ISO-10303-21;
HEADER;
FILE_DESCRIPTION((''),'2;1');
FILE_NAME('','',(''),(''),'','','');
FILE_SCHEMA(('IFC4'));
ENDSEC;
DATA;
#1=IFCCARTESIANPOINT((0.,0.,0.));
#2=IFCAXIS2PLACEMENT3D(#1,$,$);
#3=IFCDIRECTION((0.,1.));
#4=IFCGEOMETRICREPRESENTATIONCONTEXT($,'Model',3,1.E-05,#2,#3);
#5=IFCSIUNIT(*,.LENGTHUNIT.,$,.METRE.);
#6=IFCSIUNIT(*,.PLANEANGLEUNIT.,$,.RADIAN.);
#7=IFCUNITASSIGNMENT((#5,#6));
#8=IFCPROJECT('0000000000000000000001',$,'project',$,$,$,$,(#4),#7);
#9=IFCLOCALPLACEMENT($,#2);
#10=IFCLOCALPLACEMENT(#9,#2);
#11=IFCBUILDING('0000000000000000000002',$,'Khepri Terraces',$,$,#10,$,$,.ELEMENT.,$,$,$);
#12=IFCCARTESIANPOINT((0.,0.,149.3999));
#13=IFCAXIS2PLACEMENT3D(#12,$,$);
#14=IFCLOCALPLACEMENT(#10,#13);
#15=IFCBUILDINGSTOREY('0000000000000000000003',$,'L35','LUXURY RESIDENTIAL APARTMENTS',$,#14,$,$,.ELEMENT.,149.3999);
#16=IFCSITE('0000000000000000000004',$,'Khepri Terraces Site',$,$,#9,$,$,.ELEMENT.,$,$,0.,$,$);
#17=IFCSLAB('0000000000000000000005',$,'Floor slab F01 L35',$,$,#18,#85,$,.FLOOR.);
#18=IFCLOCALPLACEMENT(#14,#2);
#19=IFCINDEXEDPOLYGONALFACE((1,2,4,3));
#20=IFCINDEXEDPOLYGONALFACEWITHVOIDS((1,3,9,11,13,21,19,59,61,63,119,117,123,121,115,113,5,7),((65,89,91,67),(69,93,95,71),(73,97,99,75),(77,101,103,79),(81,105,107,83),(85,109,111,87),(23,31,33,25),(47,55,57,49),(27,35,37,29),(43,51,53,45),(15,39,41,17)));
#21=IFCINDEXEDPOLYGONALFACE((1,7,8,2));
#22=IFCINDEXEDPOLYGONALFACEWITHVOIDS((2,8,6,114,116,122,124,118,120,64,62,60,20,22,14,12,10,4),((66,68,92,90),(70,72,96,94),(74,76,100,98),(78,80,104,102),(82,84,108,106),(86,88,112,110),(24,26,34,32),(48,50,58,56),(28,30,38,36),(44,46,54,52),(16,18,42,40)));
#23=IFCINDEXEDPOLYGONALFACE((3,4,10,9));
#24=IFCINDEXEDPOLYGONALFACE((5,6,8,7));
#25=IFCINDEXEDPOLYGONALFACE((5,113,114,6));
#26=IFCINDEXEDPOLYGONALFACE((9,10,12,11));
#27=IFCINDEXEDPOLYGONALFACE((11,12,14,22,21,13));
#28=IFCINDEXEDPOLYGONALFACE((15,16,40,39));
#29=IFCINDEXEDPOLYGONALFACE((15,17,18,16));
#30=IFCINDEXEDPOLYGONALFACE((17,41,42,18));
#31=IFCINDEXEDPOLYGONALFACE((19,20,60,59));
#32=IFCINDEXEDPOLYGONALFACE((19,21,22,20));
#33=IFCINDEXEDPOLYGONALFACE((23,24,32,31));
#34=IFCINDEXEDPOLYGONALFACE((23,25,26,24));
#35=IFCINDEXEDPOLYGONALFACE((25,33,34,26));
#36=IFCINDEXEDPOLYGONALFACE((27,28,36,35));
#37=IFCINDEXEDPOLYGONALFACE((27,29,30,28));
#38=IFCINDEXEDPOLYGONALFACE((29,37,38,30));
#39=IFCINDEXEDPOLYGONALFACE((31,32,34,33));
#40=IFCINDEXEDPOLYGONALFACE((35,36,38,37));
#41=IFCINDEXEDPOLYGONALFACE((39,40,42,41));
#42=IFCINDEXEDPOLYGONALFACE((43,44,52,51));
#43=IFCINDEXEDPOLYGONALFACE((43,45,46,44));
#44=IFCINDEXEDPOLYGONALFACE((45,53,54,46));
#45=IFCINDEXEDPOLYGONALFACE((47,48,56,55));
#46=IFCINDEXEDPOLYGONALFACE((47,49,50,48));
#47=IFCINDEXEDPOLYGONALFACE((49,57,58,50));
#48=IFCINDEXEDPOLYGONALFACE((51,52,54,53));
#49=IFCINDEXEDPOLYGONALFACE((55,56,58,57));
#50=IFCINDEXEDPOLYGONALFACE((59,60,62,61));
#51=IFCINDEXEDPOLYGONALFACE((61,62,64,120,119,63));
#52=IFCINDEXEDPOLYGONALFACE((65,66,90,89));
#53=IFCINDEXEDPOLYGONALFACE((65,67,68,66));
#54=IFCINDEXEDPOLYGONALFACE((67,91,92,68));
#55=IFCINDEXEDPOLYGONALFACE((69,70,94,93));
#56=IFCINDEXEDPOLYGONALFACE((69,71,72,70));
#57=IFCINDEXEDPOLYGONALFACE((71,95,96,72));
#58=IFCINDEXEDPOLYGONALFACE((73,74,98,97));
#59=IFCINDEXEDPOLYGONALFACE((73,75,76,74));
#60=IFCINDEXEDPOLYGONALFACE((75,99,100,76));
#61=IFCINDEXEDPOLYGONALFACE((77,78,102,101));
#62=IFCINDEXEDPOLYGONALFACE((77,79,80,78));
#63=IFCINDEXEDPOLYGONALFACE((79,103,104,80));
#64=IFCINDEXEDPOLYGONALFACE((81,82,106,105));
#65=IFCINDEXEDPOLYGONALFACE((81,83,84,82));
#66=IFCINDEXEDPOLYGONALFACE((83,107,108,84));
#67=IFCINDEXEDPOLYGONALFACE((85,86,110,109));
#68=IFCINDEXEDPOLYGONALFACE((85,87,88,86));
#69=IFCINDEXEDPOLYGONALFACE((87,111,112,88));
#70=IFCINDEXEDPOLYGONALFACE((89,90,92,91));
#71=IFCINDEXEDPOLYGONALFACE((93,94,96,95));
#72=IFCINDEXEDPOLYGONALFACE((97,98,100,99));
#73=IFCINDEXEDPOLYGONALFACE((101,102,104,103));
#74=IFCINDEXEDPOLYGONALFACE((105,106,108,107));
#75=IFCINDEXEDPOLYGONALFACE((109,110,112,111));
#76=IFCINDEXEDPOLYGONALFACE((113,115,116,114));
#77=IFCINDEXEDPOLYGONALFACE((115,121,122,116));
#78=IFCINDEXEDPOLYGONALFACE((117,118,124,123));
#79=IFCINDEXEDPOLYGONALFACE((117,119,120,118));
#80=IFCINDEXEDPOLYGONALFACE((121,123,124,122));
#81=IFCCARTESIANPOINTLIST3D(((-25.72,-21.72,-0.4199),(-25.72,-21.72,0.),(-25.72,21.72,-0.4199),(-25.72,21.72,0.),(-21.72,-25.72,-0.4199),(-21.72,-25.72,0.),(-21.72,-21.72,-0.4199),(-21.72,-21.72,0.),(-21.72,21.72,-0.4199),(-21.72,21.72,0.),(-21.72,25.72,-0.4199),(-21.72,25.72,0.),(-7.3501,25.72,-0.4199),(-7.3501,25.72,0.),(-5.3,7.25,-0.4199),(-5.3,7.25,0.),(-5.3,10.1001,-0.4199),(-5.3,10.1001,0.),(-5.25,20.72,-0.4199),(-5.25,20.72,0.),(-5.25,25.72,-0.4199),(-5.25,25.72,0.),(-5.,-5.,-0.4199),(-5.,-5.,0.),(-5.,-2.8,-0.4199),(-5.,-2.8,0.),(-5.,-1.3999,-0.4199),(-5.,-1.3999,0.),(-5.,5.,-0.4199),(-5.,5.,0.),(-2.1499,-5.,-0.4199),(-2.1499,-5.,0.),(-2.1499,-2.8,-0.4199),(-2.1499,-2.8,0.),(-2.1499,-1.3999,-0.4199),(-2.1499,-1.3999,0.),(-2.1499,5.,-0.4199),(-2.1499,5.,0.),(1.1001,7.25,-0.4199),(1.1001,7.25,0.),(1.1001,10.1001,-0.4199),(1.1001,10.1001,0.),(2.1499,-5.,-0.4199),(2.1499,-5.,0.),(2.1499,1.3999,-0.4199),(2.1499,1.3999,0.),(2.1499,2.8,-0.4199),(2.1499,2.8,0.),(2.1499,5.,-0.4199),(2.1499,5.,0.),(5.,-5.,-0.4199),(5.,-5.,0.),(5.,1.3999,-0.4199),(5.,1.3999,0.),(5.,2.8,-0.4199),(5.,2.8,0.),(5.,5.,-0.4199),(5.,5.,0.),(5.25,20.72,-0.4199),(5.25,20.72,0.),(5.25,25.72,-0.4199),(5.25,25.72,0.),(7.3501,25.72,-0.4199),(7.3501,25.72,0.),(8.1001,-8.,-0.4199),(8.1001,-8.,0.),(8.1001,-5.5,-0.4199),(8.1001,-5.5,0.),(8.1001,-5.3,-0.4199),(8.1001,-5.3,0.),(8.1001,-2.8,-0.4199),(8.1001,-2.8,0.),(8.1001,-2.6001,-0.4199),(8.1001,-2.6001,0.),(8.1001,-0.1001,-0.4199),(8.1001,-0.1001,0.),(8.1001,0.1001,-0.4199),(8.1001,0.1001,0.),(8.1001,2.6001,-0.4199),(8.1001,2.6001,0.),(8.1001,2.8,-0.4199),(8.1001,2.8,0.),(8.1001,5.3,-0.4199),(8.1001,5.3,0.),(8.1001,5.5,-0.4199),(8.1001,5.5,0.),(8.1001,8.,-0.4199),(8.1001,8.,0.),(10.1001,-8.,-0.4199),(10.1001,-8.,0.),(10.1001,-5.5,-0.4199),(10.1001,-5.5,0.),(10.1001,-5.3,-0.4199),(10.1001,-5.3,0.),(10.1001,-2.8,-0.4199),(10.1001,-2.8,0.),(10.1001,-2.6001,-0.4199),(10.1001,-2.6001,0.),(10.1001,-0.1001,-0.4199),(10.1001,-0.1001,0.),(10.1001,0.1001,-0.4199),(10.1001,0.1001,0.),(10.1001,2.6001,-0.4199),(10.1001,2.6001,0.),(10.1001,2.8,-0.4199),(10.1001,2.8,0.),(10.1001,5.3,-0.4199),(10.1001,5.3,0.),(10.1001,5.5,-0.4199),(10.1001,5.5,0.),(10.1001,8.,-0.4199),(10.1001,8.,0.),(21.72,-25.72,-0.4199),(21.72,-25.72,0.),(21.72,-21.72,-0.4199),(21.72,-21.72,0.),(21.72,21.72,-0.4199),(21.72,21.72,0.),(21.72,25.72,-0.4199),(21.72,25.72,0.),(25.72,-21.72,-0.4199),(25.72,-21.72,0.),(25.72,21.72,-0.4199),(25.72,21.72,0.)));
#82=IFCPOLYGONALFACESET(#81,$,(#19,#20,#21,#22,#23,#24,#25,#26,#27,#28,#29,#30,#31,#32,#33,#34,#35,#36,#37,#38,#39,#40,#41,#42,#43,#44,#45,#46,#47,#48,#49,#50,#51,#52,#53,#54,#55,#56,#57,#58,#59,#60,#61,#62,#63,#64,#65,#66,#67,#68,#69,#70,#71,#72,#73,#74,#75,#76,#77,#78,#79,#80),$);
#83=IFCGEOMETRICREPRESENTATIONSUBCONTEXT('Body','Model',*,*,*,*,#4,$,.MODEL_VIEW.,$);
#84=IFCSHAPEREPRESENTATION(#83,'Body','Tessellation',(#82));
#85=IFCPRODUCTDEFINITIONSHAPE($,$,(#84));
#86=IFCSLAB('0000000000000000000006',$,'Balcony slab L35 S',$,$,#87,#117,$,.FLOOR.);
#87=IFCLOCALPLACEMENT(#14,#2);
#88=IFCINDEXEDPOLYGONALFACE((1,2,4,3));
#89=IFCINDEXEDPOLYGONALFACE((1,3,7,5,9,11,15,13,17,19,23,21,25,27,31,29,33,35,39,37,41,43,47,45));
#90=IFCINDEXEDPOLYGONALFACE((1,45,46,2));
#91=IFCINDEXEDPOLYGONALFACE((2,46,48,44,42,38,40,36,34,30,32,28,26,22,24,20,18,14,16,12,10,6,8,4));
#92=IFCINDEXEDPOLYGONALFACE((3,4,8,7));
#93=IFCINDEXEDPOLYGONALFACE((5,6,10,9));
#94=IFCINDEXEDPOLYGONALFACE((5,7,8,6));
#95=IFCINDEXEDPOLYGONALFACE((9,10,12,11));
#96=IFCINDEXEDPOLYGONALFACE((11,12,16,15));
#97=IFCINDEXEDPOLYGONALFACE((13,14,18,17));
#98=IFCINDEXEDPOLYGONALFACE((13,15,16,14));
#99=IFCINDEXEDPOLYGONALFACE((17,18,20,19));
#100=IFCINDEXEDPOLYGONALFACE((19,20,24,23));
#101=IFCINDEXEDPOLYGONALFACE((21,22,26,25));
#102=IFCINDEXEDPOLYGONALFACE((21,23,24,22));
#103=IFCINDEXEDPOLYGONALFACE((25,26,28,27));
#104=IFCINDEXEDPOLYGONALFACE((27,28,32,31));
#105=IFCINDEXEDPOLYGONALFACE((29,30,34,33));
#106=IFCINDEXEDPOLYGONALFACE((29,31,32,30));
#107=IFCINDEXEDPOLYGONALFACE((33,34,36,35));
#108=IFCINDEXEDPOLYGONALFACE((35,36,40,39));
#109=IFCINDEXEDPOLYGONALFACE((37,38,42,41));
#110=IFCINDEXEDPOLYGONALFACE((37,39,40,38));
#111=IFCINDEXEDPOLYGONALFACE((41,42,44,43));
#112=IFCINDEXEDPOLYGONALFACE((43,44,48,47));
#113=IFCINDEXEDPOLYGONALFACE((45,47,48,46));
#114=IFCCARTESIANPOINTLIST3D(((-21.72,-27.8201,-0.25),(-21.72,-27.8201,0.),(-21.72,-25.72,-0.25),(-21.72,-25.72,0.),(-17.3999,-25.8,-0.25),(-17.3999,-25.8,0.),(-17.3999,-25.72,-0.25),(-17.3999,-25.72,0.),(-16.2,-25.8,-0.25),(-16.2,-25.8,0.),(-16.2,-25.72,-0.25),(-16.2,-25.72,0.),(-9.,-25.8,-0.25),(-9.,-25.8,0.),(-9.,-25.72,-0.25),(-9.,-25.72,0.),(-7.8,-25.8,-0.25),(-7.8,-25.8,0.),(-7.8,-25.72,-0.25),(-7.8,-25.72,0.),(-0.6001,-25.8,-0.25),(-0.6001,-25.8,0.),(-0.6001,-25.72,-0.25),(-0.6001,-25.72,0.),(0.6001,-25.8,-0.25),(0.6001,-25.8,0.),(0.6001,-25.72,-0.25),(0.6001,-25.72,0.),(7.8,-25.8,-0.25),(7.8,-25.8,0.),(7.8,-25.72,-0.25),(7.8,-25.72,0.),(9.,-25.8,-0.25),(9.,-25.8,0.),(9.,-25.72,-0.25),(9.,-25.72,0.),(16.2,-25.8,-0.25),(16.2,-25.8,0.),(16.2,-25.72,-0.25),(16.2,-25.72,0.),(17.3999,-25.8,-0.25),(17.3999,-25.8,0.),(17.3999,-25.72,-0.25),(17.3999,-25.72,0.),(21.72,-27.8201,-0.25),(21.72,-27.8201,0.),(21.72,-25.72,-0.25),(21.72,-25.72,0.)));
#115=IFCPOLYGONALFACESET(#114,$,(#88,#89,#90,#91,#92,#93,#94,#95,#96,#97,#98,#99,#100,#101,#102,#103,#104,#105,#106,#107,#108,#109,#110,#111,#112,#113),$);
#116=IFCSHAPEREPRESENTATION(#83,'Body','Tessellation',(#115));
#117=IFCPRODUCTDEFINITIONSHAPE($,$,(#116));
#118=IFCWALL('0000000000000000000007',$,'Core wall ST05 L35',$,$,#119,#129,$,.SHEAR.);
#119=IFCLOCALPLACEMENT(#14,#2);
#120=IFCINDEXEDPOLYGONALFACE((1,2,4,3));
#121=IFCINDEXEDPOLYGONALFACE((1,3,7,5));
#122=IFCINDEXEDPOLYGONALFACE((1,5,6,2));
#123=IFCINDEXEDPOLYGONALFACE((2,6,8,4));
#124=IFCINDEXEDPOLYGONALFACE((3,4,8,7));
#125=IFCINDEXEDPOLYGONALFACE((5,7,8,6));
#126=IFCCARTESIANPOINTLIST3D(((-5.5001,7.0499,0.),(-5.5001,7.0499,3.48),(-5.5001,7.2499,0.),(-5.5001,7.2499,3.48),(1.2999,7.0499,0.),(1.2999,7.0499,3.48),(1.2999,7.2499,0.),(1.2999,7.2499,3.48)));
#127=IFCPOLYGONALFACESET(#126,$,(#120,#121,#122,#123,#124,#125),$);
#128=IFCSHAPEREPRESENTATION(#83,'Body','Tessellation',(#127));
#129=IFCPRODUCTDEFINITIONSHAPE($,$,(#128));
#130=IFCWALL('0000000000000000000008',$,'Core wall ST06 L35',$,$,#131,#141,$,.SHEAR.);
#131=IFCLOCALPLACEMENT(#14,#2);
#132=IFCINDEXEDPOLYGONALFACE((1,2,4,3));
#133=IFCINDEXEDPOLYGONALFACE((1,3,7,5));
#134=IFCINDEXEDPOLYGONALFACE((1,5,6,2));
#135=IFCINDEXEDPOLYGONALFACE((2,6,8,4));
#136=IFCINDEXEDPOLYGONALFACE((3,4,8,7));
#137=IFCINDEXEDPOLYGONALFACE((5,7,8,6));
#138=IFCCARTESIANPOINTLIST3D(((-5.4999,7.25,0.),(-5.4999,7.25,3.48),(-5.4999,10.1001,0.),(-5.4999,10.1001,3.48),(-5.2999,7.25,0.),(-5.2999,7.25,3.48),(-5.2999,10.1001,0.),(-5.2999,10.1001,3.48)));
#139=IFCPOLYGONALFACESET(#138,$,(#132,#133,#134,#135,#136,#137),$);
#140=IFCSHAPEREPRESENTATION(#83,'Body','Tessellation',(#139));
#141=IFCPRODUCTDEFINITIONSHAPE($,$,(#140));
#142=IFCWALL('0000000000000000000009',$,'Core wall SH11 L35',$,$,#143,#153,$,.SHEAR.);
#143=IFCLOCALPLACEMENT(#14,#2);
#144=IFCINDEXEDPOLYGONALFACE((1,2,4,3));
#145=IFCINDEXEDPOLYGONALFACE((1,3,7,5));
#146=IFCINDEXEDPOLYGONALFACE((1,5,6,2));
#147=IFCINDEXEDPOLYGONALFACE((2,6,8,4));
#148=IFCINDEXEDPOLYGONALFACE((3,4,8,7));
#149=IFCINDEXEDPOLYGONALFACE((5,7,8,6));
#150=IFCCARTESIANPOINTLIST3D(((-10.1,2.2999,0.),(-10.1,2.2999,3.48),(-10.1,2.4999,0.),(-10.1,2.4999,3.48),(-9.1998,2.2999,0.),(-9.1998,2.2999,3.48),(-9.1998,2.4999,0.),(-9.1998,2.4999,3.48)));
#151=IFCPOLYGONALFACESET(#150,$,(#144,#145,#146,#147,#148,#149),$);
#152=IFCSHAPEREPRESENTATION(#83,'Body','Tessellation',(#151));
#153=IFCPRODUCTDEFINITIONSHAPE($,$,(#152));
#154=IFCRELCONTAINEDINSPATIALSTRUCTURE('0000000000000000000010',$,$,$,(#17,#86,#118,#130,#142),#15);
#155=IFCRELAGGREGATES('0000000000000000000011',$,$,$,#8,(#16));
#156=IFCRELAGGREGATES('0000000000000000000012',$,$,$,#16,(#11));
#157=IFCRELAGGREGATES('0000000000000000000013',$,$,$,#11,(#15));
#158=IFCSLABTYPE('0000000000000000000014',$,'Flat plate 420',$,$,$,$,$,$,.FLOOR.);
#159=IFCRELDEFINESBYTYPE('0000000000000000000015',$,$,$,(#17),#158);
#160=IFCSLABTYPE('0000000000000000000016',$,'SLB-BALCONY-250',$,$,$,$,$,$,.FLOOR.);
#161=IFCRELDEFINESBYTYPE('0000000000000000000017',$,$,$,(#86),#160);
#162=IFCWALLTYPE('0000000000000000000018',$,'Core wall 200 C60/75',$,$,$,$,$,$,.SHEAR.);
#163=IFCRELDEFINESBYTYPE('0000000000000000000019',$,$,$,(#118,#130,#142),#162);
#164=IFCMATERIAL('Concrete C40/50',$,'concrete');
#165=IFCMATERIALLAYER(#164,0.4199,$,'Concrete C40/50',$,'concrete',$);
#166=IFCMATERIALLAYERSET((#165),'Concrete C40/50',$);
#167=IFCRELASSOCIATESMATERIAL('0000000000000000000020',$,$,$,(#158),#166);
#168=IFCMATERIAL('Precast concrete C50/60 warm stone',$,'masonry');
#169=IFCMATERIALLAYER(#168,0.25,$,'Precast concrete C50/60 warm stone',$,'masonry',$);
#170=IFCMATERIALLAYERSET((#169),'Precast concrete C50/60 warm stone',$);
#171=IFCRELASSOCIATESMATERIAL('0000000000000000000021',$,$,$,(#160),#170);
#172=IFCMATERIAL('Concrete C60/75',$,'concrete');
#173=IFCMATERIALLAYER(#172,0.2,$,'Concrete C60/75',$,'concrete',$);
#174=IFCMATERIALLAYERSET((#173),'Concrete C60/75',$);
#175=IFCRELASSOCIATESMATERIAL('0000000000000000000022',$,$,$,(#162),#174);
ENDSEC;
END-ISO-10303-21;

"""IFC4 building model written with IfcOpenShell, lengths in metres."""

from ifc_helpers import new_model, si_unit, direction, frame, frame_2d, origin, place, context, subcontext, project, spatial, polyline, rectangle, outline, extrude, material, layer, layer_set, type_object, element, save


model = new_model("IFC4")

# Units and contexts
model_context = context("Model", 3, precision=1e-05, world=origin(), true_north=direction((0.0, 1.0)))
body_context = subcontext(model_context, "Body", "Model", "MODEL_VIEW")
ifc_project = project(units=[si_unit("LENGTHUNIT", "METRE"), si_unit("PLANEANGLEUNIT", "RADIAN")], contexts=[model_context])

# Site, building, storey
site_placement = place(None, origin())
site = spatial("IfcSite", under=ifc_project, at=site_placement, Name="Khepri Terraces Site", CompositionType="ELEMENT", RefElevation=0.0)
building_placement = place(site_placement, origin())
building = spatial("IfcBuilding", under=site, at=building_placement, Name="Khepri Terraces", CompositionType="ELEMENT")
storey_placement = place(building_placement, frame((0.0, 0.0, 149.3999)))
storey = spatial("IfcBuildingStorey", under=building, at=storey_placement, Name="L35", Description="LUXURY RESIDENTIAL APARTMENTS", CompositionType="ELEMENT", Elevation=149.3999)

# Slabs
ifc_material_1 = material(Name="Concrete C40/50", Category="concrete")
ifc_layer_1 = layer(ifc_material_1, 0.4199, Name="Concrete C40/50", Category="concrete")
ifc_layer_set_1 = layer_set([ifc_layer_1], Name="Concrete C40/50")
slab_type_1 = type_object("IfcSlabType", Name="Flat plate 420", PredefinedType="FLOOR", material=ifc_layer_set_1)
slab_1_placement = place(storey_placement, frame((0.0, 0.0, -0.4199)))
element("IfcSlab", 1, at=slab_1_placement, inside=storey, type_object=slab_type_1, Name="Floor slab F01 L35", PredefinedType="FLOOR", context=body_context, shape_type="SweptSolid", body=[
    extrude(outline(polyline([(5.25, 25.72), (7.3501, 25.72), (21.72, 25.72), (21.72, 21.72), (25.72, 21.72), (25.72, -21.72), (21.72, -21.72), (21.72, -25.72), (-21.72, -25.72), (-21.72, -21.72), (-25.72, -21.72), (-25.72, 21.72), (-21.72, 21.72), (-21.72, 25.72), (-7.3501, 25.72), (-5.25, 25.72), (-5.25, 20.72), (5.25, 20.72), (5.25, 25.72)]), holes=[polyline([(2.1499, 2.8), (5.0, 2.8), (5.0, 5.0), (2.1499, 5.0), (2.1499, 2.8)]), polyline([(-5.0, -2.8), (-5.0, -5.0), (-2.1499, -5.0), (-2.1499, -2.8), (-5.0, -2.8)]), polyline([(10.1001, -5.5), (8.1001, -5.5), (8.1001, -8.0), (10.1001, -8.0), (10.1001, -5.5)]), polyline([(10.1001, -5.3), (10.1001, -2.8), (8.1001, -2.8), (8.1001, -5.3), (10.1001, -5.3)]), polyline([(8.1001, -2.6001), (10.1001, -2.6001), (10.1001, -0.1001), (8.1001, -0.1001), (8.1001, -2.6001)]), polyline([(8.1001, 2.6001), (8.1001, 0.1001), (10.1001, 0.1001), (10.1001, 2.6001), (8.1001, 2.6001)]), polyline([(10.1001, 5.3), (8.1001, 5.3), (8.1001, 2.8), (10.1001, 2.8), (10.1001, 5.3)]), polyline([(10.1001, 5.5), (10.1001, 8.0), (8.1001, 8.0), (8.1001, 5.5), (10.1001, 5.5)]), polyline([(-5.0, -1.3999), (-2.1499, -1.3999), (-2.1499, 5.0), (-5.0, 5.0), (-5.0, -1.3999)]), polyline([(5.0, -5.0), (5.0, 1.3999), (2.1499, 1.3999), (2.1499, -5.0), (5.0, -5.0)]), polyline([(-5.3, 10.1001), (-5.3, 7.25), (1.1001, 7.25), (1.1001, 10.1001), (-5.3, 10.1001)])]), origin(), (0.0, 0.0, 1.0), 0.4199),
])
ifc_material_2 = material(Name="Precast concrete C50/60 warm stone", Category="masonry")
ifc_layer_2 = layer(ifc_material_2, 0.25, Name="Precast concrete C50/60 warm stone", Category="masonry")
ifc_layer_set_2 = layer_set([ifc_layer_2], Name="Precast concrete C50/60 warm stone")
slab_type_2 = type_object("IfcSlabType", Name="SLB-BALCONY-250", PredefinedType="FLOOR", material=ifc_layer_set_2)
slab_2_placement = place(storey_placement, frame((0.0, 0.0, -0.25)))
element("IfcSlab", 2, at=slab_2_placement, inside=storey, type_object=slab_type_2, Name="Balcony slab L35 S", PredefinedType="FLOOR", context=body_context, shape_type="SweptSolid", body=[
    extrude(outline(polyline([(-17.3999, -25.72), (-21.72, -25.72), (-21.72, -27.8201), (21.72, -27.8201), (21.72, -25.72), (17.3999, -25.72), (17.3999, -25.8), (16.2, -25.8), (16.2, -25.72), (9.0, -25.72), (9.0, -25.8), (7.8, -25.8), (7.8, -25.72), (0.6001, -25.72), (0.6001, -25.8), (-0.6001, -25.8), (-0.6001, -25.72), (-7.8, -25.72), (-7.8, -25.8), (-9.0, -25.8), (-9.0, -25.72), (-16.2, -25.72), (-16.2, -25.8), (-17.3999, -25.8), (-17.3999, -25.72)])), origin(), (0.0, 0.0, 1.0), 0.25),
])

# Walls
ifc_material_3 = material(Name="Concrete C60/75", Category="concrete")
ifc_layer_3 = layer(ifc_material_3, 0.2, Name="Concrete C60/75", Category="concrete")
ifc_layer_set_3 = layer_set([ifc_layer_3], Name="Concrete C60/75")
wall_type_1 = type_object("IfcWallType", Name="Core wall 200 C60/75", PredefinedType="SHEAR", material=ifc_layer_set_3)
wall_1_placement = place(storey_placement, frame((-5.5, 7.1499, 0.0), z_axis=(0.0, 0.0, 1.0), x_axis=(1.0, 0.0, 0.0)))
element("IfcWall", 3, at=wall_1_placement, inside=storey, type_object=wall_type_1, Name="Core wall ST05 L35", PredefinedType="SHEAR", context=body_context, shape_type="SweptSolid", body=[
    extrude(rectangle(XDim=6.8, YDim=0.2, at=frame_2d((3.3999, 0.0))), origin(), (0.0, 0.0, 1.0), 3.48),
])
wall_2_placement = place(storey_placement, frame((-5.3999, 7.25, 0.0), z_axis=(0.0, 0.0, 1.0), x_axis=(0.0, 1.0, 0.0)))
element("IfcWall", 4, at=wall_2_placement, inside=storey, type_object=wall_type_1, Name="Core wall ST06 L35", PredefinedType="SHEAR", context=body_context, shape_type="SweptSolid", body=[
    extrude(rectangle(XDim=2.8501, YDim=0.2, at=frame_2d((1.425, 0.0))), origin(), (0.0, 0.0, 1.0), 3.48),
])
wall_3_placement = place(storey_placement, frame((-10.1001, 2.3999, 0.0), z_axis=(0.0, 0.0, 1.0), x_axis=(1.0, 0.0, 0.0)))
element("IfcWall", 5, at=wall_3_placement, inside=storey, type_object=wall_type_1, Name="Core wall SH11 L35", PredefinedType="SHEAR", context=body_context, shape_type="SweptSolid", body=[
    extrude(rectangle(XDim=0.9001, YDim=0.2, at=frame_2d((0.4502, 0.0))), origin(), (0.0, 0.0, 1.0), 3.48),
])

save(model, "model.ifc")
